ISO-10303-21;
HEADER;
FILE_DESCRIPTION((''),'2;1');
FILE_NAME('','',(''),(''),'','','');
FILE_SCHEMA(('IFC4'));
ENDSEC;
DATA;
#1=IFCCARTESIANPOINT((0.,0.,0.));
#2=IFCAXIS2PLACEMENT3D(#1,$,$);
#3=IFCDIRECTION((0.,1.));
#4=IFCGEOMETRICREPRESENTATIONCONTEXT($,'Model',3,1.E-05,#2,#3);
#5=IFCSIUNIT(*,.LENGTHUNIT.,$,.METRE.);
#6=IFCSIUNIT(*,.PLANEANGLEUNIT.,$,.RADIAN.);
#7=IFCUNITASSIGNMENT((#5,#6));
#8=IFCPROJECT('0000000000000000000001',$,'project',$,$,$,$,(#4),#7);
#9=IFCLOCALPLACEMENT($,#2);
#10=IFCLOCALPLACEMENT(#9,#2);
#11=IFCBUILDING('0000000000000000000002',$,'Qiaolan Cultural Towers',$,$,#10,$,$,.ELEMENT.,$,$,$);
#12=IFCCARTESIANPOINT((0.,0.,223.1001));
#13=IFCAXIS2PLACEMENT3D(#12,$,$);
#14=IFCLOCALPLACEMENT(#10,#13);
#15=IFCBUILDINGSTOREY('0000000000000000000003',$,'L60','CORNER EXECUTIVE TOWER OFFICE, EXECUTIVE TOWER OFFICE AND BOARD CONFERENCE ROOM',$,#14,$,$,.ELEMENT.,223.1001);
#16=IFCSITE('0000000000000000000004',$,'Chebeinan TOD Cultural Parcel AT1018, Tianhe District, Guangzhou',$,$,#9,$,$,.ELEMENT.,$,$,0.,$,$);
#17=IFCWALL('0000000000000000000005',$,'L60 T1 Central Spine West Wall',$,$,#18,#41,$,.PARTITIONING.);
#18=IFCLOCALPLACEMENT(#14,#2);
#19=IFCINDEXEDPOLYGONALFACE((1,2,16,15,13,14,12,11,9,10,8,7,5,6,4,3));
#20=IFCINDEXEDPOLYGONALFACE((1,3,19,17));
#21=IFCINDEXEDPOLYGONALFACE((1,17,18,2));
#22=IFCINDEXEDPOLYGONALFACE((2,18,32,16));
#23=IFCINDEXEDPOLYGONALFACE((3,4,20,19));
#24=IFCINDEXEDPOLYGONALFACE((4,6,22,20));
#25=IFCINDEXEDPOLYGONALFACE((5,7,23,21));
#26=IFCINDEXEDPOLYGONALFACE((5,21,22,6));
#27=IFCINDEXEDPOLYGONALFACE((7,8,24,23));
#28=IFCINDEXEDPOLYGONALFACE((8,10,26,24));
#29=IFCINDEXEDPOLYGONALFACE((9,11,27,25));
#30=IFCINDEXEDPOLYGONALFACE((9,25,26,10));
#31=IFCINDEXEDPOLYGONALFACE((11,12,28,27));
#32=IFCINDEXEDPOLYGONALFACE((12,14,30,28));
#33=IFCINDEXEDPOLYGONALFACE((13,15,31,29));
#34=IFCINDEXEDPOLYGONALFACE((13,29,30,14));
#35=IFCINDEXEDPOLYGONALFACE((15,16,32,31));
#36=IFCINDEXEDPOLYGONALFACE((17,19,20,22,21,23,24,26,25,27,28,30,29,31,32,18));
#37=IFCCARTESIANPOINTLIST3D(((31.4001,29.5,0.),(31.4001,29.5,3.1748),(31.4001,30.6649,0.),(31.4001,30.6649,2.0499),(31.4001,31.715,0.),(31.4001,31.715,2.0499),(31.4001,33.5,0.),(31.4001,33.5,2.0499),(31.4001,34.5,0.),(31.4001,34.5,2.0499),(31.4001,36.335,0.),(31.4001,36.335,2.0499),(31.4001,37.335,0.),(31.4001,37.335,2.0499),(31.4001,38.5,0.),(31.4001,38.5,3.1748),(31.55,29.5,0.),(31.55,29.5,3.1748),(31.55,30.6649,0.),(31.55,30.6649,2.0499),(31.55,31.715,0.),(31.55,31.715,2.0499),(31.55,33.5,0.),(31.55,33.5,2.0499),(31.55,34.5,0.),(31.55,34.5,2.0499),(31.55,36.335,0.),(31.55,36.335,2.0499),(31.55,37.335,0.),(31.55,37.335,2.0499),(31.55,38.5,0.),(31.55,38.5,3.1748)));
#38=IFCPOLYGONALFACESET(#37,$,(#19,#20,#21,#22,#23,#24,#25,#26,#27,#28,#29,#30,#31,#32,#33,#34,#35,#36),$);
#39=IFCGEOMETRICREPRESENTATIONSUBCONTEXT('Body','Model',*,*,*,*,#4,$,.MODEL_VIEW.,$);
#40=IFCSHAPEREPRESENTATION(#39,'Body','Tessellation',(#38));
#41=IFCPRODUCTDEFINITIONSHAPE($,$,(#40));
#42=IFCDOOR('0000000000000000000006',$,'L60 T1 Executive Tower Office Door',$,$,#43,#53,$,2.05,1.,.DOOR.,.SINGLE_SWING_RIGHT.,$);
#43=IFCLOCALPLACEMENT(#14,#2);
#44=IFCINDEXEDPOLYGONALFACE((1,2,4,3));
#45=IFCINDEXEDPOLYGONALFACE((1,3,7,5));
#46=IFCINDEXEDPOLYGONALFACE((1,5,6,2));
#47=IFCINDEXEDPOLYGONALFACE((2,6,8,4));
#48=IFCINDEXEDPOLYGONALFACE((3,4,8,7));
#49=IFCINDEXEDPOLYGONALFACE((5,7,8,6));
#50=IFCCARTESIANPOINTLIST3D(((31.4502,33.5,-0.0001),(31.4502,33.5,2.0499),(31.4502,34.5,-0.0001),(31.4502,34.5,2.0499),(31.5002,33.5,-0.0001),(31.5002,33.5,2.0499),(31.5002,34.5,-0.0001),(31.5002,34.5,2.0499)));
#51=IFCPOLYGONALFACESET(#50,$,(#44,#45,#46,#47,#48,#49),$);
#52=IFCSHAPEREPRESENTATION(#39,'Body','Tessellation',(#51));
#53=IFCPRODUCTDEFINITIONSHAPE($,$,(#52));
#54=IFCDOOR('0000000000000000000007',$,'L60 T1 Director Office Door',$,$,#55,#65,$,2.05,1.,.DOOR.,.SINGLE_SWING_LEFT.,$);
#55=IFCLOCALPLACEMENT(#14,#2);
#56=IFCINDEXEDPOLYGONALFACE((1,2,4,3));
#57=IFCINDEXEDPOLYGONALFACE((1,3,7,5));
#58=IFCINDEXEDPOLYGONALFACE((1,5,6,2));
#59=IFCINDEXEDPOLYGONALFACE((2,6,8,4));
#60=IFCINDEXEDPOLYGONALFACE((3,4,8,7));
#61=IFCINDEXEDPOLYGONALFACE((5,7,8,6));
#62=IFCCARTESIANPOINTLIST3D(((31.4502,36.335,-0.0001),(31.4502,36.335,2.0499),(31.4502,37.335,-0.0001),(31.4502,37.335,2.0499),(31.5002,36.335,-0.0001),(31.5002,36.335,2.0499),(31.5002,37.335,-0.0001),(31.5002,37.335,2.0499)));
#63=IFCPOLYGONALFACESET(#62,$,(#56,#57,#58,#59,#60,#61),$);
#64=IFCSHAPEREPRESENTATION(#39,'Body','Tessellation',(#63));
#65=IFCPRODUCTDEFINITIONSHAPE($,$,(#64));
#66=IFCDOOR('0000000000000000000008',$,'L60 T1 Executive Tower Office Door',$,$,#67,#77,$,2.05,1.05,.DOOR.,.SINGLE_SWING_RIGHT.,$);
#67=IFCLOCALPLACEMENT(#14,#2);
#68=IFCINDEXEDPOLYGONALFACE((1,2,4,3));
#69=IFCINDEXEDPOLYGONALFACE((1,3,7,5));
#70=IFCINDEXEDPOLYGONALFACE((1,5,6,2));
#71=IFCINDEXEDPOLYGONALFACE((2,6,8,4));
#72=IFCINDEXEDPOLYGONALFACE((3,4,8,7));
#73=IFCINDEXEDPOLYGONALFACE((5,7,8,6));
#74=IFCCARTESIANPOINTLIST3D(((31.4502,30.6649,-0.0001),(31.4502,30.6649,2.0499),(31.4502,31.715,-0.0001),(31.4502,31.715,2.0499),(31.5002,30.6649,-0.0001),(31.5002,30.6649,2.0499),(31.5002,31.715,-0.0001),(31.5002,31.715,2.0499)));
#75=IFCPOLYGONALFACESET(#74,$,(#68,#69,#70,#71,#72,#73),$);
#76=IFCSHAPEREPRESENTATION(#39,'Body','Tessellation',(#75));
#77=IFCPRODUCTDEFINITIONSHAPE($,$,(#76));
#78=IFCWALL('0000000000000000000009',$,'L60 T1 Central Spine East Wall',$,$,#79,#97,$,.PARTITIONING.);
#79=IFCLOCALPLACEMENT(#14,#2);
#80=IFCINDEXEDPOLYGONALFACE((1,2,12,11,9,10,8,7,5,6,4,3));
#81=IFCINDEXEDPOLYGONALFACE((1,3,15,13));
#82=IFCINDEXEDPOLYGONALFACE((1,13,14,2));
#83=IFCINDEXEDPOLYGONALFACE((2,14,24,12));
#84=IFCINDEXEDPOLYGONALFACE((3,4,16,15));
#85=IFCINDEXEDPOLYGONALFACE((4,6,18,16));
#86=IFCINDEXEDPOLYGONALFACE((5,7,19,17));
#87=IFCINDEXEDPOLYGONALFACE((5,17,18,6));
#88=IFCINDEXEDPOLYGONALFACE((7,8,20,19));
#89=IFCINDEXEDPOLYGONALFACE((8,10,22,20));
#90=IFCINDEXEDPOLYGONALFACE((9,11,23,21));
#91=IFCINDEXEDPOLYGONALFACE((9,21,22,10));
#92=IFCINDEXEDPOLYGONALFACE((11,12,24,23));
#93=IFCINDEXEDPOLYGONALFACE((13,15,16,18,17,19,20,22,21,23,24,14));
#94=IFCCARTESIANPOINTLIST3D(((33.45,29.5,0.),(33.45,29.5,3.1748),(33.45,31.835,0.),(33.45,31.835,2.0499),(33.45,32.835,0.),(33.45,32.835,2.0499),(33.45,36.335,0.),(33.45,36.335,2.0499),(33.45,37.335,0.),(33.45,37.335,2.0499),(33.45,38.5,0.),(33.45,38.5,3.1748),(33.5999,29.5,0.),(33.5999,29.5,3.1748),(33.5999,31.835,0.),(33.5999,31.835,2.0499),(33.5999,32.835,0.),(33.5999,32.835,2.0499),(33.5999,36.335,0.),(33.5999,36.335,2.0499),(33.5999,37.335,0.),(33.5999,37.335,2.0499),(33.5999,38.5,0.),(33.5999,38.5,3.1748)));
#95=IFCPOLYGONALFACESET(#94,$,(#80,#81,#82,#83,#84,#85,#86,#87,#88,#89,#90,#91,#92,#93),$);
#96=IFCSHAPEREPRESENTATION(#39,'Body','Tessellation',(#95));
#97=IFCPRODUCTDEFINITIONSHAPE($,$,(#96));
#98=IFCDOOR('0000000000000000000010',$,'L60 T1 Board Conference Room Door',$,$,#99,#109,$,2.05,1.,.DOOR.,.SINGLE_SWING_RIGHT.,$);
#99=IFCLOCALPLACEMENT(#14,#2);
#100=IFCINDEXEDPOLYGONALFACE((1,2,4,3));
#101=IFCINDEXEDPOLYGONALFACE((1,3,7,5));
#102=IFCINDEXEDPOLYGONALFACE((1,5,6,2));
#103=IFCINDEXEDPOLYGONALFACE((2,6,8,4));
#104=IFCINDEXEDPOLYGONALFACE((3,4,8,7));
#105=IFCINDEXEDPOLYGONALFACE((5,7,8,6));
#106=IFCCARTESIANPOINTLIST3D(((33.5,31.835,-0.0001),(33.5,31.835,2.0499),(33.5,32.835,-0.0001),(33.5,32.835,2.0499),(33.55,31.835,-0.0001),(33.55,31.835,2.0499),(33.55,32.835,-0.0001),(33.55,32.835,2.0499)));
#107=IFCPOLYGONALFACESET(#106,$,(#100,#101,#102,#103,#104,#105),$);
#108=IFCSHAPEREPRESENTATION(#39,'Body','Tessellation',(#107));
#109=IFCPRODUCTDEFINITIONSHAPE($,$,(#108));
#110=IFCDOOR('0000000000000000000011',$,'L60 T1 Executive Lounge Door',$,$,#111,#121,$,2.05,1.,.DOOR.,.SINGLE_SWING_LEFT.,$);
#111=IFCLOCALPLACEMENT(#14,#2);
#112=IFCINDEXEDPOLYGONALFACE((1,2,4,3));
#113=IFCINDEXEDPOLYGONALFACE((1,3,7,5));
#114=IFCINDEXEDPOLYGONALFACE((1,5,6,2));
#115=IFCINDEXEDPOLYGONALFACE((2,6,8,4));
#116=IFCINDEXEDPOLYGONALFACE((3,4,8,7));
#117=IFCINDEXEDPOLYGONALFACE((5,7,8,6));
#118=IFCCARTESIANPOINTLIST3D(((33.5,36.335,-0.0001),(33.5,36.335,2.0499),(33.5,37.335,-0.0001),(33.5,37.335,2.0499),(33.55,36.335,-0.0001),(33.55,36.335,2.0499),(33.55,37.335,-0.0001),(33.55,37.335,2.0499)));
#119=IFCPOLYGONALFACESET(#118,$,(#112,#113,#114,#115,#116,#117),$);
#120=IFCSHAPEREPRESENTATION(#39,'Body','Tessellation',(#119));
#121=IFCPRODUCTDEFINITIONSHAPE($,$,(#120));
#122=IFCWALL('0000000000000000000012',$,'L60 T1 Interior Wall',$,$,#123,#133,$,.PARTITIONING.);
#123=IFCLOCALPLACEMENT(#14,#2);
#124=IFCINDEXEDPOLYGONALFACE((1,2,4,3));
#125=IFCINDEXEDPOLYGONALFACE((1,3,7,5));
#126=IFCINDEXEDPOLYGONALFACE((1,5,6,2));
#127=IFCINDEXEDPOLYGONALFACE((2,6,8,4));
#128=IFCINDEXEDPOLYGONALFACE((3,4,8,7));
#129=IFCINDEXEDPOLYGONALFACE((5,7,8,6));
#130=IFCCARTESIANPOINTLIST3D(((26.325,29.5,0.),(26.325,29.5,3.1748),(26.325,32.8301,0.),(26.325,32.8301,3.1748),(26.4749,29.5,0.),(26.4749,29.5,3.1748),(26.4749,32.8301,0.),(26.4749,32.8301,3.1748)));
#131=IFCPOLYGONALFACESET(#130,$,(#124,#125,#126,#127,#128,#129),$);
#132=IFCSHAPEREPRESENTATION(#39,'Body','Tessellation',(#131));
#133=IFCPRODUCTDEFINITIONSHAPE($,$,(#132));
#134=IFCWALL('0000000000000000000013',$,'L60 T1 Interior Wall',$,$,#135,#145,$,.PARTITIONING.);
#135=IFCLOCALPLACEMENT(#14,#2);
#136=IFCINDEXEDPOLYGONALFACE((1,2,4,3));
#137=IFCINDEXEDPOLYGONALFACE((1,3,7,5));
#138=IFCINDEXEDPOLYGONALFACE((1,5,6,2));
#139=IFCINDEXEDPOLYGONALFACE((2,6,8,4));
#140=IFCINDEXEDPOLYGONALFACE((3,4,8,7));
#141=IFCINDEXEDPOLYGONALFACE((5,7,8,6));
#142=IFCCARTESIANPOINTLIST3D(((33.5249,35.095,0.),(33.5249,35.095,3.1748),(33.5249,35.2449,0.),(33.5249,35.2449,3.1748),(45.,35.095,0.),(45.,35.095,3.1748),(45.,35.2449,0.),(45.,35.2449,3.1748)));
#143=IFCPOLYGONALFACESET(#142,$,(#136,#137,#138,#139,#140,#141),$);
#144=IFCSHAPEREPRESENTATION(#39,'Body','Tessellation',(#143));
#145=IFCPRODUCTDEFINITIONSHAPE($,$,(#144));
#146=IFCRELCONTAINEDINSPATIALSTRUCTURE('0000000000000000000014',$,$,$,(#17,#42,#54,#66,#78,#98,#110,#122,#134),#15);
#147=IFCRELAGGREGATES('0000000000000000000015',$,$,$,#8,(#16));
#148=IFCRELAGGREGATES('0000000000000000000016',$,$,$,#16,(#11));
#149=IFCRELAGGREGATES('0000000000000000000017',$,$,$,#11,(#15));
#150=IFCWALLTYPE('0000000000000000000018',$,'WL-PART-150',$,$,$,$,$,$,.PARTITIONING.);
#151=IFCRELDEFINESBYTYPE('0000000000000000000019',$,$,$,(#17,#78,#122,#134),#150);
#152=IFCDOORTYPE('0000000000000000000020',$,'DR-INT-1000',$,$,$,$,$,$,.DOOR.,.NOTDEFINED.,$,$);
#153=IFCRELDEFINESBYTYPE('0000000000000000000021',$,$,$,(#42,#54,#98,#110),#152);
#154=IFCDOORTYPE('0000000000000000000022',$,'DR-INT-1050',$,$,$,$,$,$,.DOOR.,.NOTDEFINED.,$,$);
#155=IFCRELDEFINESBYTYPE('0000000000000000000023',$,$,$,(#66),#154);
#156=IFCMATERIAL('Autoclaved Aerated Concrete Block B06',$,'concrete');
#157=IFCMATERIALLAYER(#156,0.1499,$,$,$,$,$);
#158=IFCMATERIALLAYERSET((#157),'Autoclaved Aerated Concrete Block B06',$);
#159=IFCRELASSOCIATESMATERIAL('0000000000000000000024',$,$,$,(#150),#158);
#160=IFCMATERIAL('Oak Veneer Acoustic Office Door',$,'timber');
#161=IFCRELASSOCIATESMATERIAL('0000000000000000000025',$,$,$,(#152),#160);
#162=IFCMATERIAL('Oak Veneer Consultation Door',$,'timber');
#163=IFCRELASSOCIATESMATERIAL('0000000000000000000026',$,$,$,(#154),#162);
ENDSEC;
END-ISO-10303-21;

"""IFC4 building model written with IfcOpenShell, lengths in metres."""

from ifc_helpers import new_model, si_unit, direction, frame, frame_2d, origin, place, context, subcontext, project, spatial, rectangle, extrude, material, layer, layer_set, type_object, element, fill, save


model = new_model("IFC4")

# Units and contexts
model_context = context("Model", 3, precision=1e-05, world=origin(), true_north=direction((0.0, 1.0)))
body_context = subcontext(model_context, "Body", "Model", "MODEL_VIEW")
ifc_project = project(units=[si_unit("LENGTHUNIT", "METRE"), si_unit("PLANEANGLEUNIT", "RADIAN")], contexts=[model_context])

# Site, building, storey
site_placement = place(None, origin())
site = spatial("IfcSite", under=ifc_project, at=site_placement, Name="Chebeinan TOD Cultural Parcel AT1018, Tianhe District, Guangzhou", CompositionType="ELEMENT", RefElevation=0.0)
building_placement = place(site_placement, origin())
building = spatial("IfcBuilding", under=site, at=building_placement, Name="Qiaolan Cultural Towers", CompositionType="ELEMENT")
storey_placement = place(building_placement, frame((0.0, 0.0, 223.1001)))
storey = spatial("IfcBuildingStorey", under=building, at=storey_placement, Name="L60", Description="CORNER EXECUTIVE TOWER OFFICE, EXECUTIVE TOWER OFFICE AND BOARD CONFERENCE ROOM", CompositionType="ELEMENT", Elevation=223.1001)

# Shared definitions
ifc_material_1 = material(Name="Autoclaved Aerated Concrete Block B06", Category="concrete")
ifc_layer_1 = layer(ifc_material_1, 0.1499)
ifc_layer_set_1 = layer_set([ifc_layer_1], Name="Autoclaved Aerated Concrete Block B06")
wall_type_1 = type_object("IfcWallType", Name="WL-PART-150", PredefinedType="PARTITIONING", material=ifc_layer_set_1)

# Walls, openings, doors
wall_1_placement = place(storey_placement, frame((31.4751, 29.5, 0.0), z_axis=(0.0, 0.0, 1.0), x_axis=(0.0, 1.0, 0.0)))
wall_1 = element("IfcWall", 1, at=wall_1_placement, inside=storey, type_object=wall_type_1, Name="L60 T1 Central Spine West Wall", PredefinedType="PARTITIONING", context=body_context, shape_type="SweptSolid", body=[
    extrude(rectangle(XDim=9.0, YDim=0.1499, at=frame_2d((4.5, 0.0))), origin(), (0.0, 0.0, 1.0), 3.1748),
])
opening_1_placement = place(wall_1_placement, frame((1.165, 0.0, 0.0)))
opening_1 = element("IfcOpeningElement", 2, at=opening_1_placement, cuts=wall_1, PredefinedType="OPENING", context=body_context, shape_type="SweptSolid", body=[
    extrude(rectangle(XDim=1.05, YDim=2.05, at=frame_2d((0.5249, 1.0249))), frame((0.0, 0.085, 0.0), z_axis=(0.0, -1.0, 0.0), x_axis=(1.0, 0.0, 0.0)), (0.0, 0.0, 1.0), 0.1699),
])
opening_2_placement = place(wall_1_placement, frame((4.0, 0.0, 0.0)))
opening_2 = element("IfcOpeningElement", 3, at=opening_2_placement, cuts=wall_1, PredefinedType="OPENING", context=body_context, shape_type="SweptSolid", body=[
    extrude(rectangle(XDim=1.0, YDim=2.05, at=frame_2d((0.5, 1.0249))), frame((0.0, 0.085, 0.0), z_axis=(0.0, -1.0, 0.0), x_axis=(1.0, 0.0, 0.0)), (0.0, 0.0, 1.0), 0.1699),
])
opening_3_placement = place(wall_1_placement, frame((6.835, 0.0, 0.0)))
opening_3 = element("IfcOpeningElement", 4, at=opening_3_placement, cuts=wall_1, PredefinedType="OPENING", context=body_context, shape_type="SweptSolid", body=[
    extrude(rectangle(XDim=1.0, YDim=2.05, at=frame_2d((0.5, 1.0249))), frame((0.0, 0.085, 0.0), z_axis=(0.0, -1.0, 0.0), x_axis=(1.0, 0.0, 0.0)), (0.0, 0.0, 1.0), 0.1699),
])
ifc_material_2 = material(Name="Oak Veneer Acoustic Office Door", Category="timber")
door_type_1 = type_object("IfcDoorType", Name="DR-INT-1000", OperationType="NOTDEFINED", PredefinedType="DOOR", material=ifc_material_2)
door_1_placement = place(opening_2_placement, origin())
door_1 = element("IfcDoor", 5, at=door_1_placement, inside=storey, type_object=door_type_1, Name="L60 T1 Executive Tower Office Door", OperationType="SINGLE_SWING_RIGHT", OverallHeight=2.05, OverallWidth=1.0, PredefinedType="DOOR", context=body_context, shape_type="SweptSolid", body=[
    extrude(rectangle(XDim=1.0, YDim=2.05, at=frame_2d((0.5, 1.0249))), frame((0.0, 0.0249, 0.0), z_axis=(0.0, -1.0, 0.0), x_axis=(1.0, 0.0, 0.0)), (0.0, 0.0, 1.0), 0.05),
])
fill(opening_2, door_1)
door_2_placement = place(opening_3_placement, origin())
door_2 = element("IfcDoor", 6, at=door_2_placement, inside=storey, type_object=door_type_1, Name="L60 T1 Director Office Door", OperationType="SINGLE_SWING_LEFT", OverallHeight=2.05, OverallWidth=1.0, PredefinedType="DOOR", context=body_context, shape_type="SweptSolid", body=[
    extrude(rectangle(XDim=1.0, YDim=2.05, at=frame_2d((0.5, 1.0249))), frame((0.0, 0.0249, 0.0), z_axis=(0.0, -1.0, 0.0), x_axis=(1.0, 0.0, 0.0)), (0.0, 0.0, 1.0), 0.05),
])
fill(opening_3, door_2)
ifc_material_3 = material(Name="Oak Veneer Consultation Door", Category="timber")
door_type_2 = type_object("IfcDoorType", Name="DR-INT-1050", OperationType="NOTDEFINED", PredefinedType="DOOR", material=ifc_material_3)
door_3_placement = place(opening_1_placement, origin())
door_3 = element("IfcDoor", 7, at=door_3_placement, inside=storey, type_object=door_type_2, Name="L60 T1 Executive Tower Office Door", OperationType="SINGLE_SWING_RIGHT", OverallHeight=2.05, OverallWidth=1.05, PredefinedType="DOOR", context=body_context, shape_type="SweptSolid", body=[
    extrude(rectangle(XDim=1.05, YDim=2.05, at=frame_2d((0.5249, 1.0249))), frame((0.0, 0.0249, 0.0), z_axis=(0.0, -1.0, 0.0), x_axis=(1.0, 0.0, 0.0)), (0.0, 0.0, 1.0), 0.05),
])
fill(opening_1, door_3)
wall_2_placement = place(storey_placement, frame((33.5249, 29.5, 0.0), z_axis=(0.0, 0.0, 1.0), x_axis=(0.0, 1.0, 0.0)))
wall_2 = element("IfcWall", 8, at=wall_2_placement, inside=storey, type_object=wall_type_1, Name="L60 T1 Central Spine East Wall", PredefinedType="PARTITIONING", context=body_context, shape_type="SweptSolid", body=[
    extrude(rectangle(XDim=9.0, YDim=0.1499, at=frame_2d((4.5, 0.0))), origin(), (0.0, 0.0, 1.0), 3.1748),
])
opening_4_placement = place(wall_2_placement, frame((2.335, 0.0, 0.0)))
opening_4 = element("IfcOpeningElement", 9, at=opening_4_placement, cuts=wall_2, PredefinedType="OPENING", context=body_context, shape_type="SweptSolid", body=[
    extrude(rectangle(XDim=1.0, YDim=2.05, at=frame_2d((0.5, 1.0249))), frame((0.0, 0.085, 0.0), z_axis=(0.0, -1.0, 0.0), x_axis=(1.0, 0.0, 0.0)), (0.0, 0.0, 1.0), 0.1699),
])
opening_5_placement = place(wall_2_placement, frame((6.835, 0.0, 0.0)))
opening_5 = element("IfcOpeningElement", 10, at=opening_5_placement, cuts=wall_2, PredefinedType="OPENING", context=body_context, shape_type="SweptSolid", body=[
    extrude(rectangle(XDim=1.0, YDim=2.05, at=frame_2d((0.5, 1.0249))), frame((0.0, 0.085, 0.0), z_axis=(0.0, -1.0, 0.0), x_axis=(1.0, 0.0, 0.0)), (0.0, 0.0, 1.0), 0.1699),
])
door_4_placement = place(opening_4_placement, origin())
door_4 = element("IfcDoor", 11, at=door_4_placement, inside=storey, type_object=door_type_1, Name="L60 T1 Board Conference Room Door", OperationType="SINGLE_SWING_RIGHT", OverallHeight=2.05, OverallWidth=1.0, PredefinedType="DOOR", context=body_context, shape_type="SweptSolid", body=[
    extrude(rectangle(XDim=1.0, YDim=2.05, at=frame_2d((0.5, 1.0249))), frame((0.0, 0.0249, 0.0), z_axis=(0.0, -1.0, 0.0), x_axis=(1.0, 0.0, 0.0)), (0.0, 0.0, 1.0), 0.05),
])
fill(opening_4, door_4)
door_5_placement = place(opening_5_placement, origin())
door_5 = element("IfcDoor", 12, at=door_5_placement, inside=storey, type_object=door_type_1, Name="L60 T1 Executive Lounge Door", OperationType="SINGLE_SWING_LEFT", OverallHeight=2.05, OverallWidth=1.0, PredefinedType="DOOR", context=body_context, shape_type="SweptSolid", body=[
    extrude(rectangle(XDim=1.0, YDim=2.05, at=frame_2d((0.5, 1.0249))), frame((0.0, 0.0249, 0.0), z_axis=(0.0, -1.0, 0.0), x_axis=(1.0, 0.0, 0.0)), (0.0, 0.0, 1.0), 0.05),
])
fill(opening_5, door_5)

# Walls
wall_3_placement = place(storey_placement, frame((26.3999, 29.5, 0.0), z_axis=(0.0, 0.0, 1.0), x_axis=(0.0, 1.0, 0.0)))
element("IfcWall", 13, at=wall_3_placement, inside=storey, type_object=wall_type_1, Name="L60 T1 Interior Wall", PredefinedType="PARTITIONING", context=body_context, shape_type="SweptSolid", body=[
    extrude(rectangle(XDim=3.3301, YDim=0.1499, at=frame_2d((1.665, 0.0))), origin(), (0.0, 0.0, 1.0), 3.1748),
])
wall_4_placement = place(storey_placement, frame((33.5249, 35.1699, 0.0), z_axis=(0.0, 0.0, 1.0), x_axis=(1.0, 0.0, 0.0)))
element("IfcWall", 14, at=wall_4_placement, inside=storey, type_object=wall_type_1, Name="L60 T1 Interior Wall", PredefinedType="PARTITIONING", context=body_context, shape_type="SweptSolid", body=[
    extrude(rectangle(XDim=11.4751, YDim=0.1499, at=frame_2d((5.7375, 0.0))), origin(), (0.0, 0.0, 1.0), 3.1748),
])

save(model, "model.ifc")
